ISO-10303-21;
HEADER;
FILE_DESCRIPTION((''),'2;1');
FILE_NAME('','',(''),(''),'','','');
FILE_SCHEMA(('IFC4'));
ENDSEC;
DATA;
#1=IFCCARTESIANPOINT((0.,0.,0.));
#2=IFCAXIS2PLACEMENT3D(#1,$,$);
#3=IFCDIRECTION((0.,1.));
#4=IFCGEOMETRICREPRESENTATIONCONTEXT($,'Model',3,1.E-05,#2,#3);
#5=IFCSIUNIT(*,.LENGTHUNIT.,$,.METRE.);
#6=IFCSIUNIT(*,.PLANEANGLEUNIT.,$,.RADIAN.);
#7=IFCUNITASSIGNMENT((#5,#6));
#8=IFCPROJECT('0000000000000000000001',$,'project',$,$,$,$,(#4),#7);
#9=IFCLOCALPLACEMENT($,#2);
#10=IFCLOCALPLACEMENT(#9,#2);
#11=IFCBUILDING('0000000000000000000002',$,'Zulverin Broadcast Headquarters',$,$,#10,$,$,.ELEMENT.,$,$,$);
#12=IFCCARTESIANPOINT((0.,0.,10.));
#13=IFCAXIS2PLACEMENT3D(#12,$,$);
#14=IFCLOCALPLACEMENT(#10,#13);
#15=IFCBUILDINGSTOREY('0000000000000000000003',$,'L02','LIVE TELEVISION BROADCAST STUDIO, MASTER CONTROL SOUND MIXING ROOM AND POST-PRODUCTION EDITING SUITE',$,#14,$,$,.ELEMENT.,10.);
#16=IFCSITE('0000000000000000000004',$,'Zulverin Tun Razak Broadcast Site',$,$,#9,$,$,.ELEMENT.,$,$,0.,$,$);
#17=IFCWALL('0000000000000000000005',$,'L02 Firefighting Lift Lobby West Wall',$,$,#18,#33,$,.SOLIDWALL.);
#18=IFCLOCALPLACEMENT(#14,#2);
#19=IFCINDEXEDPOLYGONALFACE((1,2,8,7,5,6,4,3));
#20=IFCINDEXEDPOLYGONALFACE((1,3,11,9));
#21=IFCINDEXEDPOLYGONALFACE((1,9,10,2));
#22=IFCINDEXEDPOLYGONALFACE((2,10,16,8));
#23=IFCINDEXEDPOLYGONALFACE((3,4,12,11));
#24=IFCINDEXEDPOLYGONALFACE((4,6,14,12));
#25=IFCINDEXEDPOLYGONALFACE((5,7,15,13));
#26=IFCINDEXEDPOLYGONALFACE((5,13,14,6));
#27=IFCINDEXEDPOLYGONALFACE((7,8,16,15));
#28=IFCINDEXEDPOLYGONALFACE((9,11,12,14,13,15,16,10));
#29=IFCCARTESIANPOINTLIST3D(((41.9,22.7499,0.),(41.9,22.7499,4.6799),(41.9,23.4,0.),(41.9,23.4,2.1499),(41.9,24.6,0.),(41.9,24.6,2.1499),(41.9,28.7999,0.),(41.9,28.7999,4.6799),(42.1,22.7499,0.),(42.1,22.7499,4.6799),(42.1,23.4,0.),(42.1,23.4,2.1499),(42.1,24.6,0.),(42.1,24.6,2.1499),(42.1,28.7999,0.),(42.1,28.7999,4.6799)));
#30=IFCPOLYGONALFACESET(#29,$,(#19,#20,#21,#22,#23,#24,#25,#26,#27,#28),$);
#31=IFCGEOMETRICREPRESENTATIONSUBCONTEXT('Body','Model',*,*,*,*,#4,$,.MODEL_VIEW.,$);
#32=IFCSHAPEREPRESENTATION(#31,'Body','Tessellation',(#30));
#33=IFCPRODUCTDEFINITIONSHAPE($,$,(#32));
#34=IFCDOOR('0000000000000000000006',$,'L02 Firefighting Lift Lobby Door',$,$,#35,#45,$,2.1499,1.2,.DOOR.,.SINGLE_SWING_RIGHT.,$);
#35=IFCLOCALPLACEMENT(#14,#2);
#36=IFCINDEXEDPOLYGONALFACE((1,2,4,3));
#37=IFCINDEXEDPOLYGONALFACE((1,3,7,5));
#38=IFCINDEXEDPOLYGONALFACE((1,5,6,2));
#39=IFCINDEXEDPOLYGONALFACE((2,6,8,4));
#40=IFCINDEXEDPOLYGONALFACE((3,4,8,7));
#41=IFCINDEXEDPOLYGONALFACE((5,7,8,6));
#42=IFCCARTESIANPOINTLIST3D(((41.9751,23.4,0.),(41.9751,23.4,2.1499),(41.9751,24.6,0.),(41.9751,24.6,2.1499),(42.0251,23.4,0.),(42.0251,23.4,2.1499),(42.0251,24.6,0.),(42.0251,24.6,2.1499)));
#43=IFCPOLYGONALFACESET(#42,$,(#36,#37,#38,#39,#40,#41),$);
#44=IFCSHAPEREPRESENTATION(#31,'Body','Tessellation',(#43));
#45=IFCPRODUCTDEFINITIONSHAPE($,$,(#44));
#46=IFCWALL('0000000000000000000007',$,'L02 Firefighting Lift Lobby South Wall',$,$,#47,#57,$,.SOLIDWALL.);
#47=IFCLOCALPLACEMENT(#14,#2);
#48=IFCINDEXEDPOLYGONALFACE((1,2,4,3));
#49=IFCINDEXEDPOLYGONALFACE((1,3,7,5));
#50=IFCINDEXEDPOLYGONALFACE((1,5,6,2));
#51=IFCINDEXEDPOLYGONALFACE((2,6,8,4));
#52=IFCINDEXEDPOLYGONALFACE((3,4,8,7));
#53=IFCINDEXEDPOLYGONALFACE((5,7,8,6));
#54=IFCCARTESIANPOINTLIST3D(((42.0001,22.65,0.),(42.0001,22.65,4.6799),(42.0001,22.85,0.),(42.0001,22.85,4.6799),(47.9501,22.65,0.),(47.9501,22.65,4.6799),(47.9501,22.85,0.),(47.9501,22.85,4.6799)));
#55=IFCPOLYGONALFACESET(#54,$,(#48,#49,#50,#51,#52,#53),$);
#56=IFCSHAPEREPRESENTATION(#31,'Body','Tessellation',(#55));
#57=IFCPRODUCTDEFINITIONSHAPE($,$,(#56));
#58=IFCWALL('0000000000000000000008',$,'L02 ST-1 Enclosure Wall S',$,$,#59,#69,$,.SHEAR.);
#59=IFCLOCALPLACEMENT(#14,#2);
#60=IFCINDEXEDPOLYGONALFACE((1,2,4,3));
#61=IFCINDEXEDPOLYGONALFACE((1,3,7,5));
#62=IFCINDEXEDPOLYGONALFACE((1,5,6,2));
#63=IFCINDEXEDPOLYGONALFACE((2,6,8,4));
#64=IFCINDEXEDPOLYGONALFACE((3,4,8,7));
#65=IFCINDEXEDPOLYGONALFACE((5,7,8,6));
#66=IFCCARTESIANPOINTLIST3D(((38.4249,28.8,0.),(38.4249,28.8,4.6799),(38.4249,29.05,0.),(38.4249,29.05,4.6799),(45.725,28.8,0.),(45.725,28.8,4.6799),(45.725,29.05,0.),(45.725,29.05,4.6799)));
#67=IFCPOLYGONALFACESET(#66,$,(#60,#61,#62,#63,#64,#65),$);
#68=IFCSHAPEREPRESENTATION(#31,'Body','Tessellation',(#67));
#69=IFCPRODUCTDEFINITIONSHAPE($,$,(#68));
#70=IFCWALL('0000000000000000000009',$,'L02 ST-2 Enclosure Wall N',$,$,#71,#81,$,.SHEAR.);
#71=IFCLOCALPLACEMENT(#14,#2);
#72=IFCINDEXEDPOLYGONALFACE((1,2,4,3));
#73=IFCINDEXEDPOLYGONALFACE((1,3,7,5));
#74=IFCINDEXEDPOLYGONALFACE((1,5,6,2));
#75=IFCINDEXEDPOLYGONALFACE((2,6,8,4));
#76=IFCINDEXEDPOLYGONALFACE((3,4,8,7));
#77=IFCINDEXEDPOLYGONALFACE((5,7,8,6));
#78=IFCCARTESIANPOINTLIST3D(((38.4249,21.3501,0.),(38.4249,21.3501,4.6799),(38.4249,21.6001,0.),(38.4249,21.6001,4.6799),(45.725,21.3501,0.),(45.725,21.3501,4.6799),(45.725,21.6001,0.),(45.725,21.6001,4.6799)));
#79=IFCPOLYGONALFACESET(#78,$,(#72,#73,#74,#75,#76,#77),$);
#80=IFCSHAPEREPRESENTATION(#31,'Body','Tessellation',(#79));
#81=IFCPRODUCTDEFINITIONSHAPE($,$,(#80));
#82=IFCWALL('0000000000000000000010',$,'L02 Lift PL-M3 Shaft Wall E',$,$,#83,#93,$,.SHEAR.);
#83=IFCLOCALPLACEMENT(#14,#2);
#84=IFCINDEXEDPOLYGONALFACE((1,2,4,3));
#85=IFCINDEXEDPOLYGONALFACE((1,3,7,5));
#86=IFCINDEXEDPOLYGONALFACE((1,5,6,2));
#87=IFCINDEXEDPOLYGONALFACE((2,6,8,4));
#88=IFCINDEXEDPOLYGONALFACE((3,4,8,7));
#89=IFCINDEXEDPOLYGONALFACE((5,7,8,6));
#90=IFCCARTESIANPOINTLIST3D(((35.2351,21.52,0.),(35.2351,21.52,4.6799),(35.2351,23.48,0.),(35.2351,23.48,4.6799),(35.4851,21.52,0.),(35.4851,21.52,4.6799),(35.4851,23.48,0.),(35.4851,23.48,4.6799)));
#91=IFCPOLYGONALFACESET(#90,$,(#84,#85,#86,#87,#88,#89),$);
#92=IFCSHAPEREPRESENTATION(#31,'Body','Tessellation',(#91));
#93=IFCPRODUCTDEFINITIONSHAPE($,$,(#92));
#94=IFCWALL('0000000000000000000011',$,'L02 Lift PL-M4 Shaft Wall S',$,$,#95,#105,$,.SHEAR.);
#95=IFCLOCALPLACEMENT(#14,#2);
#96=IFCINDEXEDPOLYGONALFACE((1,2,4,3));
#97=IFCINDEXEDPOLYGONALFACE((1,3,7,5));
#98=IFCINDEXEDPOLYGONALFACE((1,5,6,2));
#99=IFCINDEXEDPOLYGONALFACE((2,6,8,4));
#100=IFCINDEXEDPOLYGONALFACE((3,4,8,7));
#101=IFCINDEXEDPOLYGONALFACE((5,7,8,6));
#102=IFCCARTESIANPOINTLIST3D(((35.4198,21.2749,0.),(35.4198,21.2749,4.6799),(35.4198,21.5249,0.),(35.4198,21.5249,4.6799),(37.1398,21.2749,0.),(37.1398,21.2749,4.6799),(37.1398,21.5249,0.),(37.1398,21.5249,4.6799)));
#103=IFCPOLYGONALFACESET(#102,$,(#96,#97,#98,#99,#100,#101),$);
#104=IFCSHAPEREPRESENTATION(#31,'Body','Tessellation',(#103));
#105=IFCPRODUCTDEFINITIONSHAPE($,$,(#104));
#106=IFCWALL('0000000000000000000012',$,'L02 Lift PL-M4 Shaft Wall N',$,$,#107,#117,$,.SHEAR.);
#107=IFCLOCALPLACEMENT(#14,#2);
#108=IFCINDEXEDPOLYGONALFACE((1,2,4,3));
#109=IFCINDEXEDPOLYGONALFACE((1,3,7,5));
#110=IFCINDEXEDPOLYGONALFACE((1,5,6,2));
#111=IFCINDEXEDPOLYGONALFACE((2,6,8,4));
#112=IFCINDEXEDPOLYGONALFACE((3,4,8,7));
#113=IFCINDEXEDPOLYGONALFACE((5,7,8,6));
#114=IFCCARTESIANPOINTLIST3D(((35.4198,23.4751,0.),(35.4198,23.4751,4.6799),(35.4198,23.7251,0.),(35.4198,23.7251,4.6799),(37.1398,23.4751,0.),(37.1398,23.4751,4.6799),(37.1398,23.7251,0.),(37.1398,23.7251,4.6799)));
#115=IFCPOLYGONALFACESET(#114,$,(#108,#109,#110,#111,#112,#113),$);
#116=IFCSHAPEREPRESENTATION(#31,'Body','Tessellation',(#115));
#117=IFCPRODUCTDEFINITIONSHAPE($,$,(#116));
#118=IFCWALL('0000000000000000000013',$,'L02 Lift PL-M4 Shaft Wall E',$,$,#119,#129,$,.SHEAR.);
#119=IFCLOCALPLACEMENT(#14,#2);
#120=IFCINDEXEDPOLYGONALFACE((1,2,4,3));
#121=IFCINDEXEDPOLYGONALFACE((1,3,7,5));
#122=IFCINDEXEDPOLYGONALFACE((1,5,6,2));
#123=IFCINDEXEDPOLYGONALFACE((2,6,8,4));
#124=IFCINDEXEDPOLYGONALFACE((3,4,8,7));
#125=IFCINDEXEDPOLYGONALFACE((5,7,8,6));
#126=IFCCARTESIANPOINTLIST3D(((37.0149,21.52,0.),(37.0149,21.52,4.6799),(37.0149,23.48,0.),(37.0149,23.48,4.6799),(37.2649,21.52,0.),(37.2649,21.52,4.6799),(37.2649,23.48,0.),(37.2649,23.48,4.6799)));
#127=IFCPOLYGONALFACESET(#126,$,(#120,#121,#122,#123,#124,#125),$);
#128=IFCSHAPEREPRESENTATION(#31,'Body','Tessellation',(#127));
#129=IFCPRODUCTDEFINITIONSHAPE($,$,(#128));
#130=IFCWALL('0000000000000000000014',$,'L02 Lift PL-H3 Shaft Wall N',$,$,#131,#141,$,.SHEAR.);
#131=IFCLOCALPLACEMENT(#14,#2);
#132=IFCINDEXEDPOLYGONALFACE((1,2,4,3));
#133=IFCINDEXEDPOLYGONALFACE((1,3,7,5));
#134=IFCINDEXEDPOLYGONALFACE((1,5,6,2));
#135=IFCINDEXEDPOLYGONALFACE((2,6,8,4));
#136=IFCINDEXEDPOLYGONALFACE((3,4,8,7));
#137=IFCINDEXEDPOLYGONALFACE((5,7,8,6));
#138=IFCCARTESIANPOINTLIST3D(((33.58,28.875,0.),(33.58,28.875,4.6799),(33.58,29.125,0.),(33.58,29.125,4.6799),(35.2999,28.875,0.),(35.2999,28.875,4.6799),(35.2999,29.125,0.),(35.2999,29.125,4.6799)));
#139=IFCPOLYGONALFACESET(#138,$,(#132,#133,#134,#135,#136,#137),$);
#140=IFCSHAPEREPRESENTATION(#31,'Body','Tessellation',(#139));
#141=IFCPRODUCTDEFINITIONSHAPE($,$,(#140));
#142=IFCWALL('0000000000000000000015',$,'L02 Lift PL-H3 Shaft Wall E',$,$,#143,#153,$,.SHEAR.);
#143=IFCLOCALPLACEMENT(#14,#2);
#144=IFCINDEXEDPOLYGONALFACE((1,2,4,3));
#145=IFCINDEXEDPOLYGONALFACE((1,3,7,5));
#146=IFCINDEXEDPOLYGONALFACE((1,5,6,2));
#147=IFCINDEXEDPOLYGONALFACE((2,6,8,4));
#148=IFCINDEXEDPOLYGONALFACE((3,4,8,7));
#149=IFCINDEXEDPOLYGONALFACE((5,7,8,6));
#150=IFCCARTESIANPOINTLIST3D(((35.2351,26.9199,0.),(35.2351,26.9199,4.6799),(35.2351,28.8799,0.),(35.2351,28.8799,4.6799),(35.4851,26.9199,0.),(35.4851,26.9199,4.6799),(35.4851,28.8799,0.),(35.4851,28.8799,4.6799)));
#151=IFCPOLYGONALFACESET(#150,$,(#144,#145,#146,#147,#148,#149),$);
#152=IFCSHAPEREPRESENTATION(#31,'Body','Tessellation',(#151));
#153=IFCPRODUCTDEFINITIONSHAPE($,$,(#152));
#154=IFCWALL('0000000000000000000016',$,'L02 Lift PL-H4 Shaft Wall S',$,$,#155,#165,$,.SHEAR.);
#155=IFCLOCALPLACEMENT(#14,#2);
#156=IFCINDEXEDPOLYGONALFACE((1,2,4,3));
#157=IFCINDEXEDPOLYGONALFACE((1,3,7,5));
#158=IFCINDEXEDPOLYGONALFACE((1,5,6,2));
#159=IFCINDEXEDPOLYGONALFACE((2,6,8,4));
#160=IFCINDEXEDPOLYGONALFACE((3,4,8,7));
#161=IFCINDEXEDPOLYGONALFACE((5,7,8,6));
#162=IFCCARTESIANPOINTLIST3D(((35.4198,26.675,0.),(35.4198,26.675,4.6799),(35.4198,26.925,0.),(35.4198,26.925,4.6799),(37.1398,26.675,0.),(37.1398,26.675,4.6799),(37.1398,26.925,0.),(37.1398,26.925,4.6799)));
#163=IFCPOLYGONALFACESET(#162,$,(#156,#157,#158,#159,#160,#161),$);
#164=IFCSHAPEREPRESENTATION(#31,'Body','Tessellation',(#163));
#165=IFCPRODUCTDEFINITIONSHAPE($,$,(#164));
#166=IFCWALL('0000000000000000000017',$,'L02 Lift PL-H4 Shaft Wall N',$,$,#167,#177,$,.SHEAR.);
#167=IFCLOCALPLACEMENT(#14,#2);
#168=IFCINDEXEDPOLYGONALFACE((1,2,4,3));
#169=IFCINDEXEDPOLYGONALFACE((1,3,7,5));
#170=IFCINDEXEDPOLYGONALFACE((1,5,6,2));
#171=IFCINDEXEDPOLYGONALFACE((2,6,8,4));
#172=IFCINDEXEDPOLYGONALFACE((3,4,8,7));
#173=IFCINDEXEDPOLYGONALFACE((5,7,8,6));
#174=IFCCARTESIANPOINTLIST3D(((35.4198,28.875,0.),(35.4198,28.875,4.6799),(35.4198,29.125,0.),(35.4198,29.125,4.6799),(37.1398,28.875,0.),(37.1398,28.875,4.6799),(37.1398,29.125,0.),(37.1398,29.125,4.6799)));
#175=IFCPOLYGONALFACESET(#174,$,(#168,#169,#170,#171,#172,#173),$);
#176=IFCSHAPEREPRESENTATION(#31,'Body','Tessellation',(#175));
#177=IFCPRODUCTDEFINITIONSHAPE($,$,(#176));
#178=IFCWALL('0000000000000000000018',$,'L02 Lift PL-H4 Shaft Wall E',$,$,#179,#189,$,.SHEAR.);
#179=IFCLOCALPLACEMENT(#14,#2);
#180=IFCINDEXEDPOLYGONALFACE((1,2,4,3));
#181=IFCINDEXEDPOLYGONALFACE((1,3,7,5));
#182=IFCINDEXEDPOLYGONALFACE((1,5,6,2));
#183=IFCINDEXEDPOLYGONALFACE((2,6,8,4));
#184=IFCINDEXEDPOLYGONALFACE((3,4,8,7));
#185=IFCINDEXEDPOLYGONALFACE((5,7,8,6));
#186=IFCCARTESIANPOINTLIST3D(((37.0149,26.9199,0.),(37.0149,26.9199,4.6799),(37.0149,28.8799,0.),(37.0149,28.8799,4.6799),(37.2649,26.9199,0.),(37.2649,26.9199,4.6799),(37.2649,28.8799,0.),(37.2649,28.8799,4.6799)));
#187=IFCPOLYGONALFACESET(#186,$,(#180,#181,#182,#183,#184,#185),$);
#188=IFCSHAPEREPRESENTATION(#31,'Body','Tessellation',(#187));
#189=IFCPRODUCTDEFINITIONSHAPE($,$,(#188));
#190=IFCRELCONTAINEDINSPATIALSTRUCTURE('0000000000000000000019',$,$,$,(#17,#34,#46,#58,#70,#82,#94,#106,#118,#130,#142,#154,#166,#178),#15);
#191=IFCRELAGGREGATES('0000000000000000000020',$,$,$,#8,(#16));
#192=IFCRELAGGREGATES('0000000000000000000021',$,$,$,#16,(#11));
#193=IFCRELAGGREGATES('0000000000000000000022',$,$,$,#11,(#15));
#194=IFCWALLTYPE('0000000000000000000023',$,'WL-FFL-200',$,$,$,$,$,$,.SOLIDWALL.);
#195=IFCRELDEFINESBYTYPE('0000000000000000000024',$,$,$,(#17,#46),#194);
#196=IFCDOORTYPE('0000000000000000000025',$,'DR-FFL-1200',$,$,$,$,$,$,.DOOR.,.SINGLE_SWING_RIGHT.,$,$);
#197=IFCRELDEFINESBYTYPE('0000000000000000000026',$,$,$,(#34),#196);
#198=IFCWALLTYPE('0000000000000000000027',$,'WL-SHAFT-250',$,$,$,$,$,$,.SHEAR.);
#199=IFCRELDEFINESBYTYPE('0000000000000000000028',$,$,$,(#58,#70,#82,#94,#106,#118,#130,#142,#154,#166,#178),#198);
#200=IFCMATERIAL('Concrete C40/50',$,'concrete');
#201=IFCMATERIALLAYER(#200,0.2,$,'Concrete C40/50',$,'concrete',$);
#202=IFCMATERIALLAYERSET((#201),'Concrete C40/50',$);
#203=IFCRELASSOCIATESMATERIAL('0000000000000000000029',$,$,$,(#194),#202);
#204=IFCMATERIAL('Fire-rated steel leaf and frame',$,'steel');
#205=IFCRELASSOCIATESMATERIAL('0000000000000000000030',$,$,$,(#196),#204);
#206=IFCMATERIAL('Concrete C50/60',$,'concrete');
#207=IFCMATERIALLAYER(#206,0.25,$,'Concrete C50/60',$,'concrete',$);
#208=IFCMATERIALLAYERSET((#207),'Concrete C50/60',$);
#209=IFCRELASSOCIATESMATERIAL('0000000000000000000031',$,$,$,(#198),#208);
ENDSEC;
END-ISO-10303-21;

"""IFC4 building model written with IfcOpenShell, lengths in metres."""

from ifc_helpers import new_model, si_unit, direction, frame, frame_2d, origin, place, context, subcontext, project, spatial, rectangle, extrude, material, layer, layer_set, type_object, element, fill, save


model = new_model("IFC4")

# Units and contexts
model_context = context("Model", 3, precision=1e-05, world=origin(), true_north=direction((0.0, 1.0)))
body_context = subcontext(model_context, "Body", "Model", "MODEL_VIEW")
ifc_project = project(units=[si_unit("LENGTHUNIT", "METRE"), si_unit("PLANEANGLEUNIT", "RADIAN")], contexts=[model_context])

# Site, building, storey
site_placement = place(None, origin())
site = spatial("IfcSite", under=ifc_project, at=site_placement, Name="Zulverin Tun Razak Broadcast Site", CompositionType="ELEMENT", RefElevation=0.0)
building_placement = place(site_placement, origin())
building = spatial("IfcBuilding", under=site, at=building_placement, Name="Zulverin Broadcast Headquarters", CompositionType="ELEMENT")
storey_placement = place(building_placement, frame((0.0, 0.0, 10.0)))
storey = spatial("IfcBuildingStorey", under=building, at=storey_placement, Name="L02", Description="LIVE TELEVISION BROADCAST STUDIO, MASTER CONTROL SOUND MIXING ROOM AND POST-PRODUCTION EDITING SUITE", CompositionType="ELEMENT", Elevation=10.0)

# Wall, opening, door
ifc_material_1 = material(Name="Concrete C40/50", Category="concrete")
ifc_layer_1 = layer(ifc_material_1, 0.2, Name="Concrete C40/50", Category="concrete")
ifc_layer_set_1 = layer_set([ifc_layer_1], Name="Concrete C40/50")
wall_type_1 = type_object("IfcWallType", Name="WL-FFL-200", PredefinedType="SOLIDWALL", material=ifc_layer_set_1)
wall_1_placement = place(storey_placement, frame((42.0, 22.75, 0.0), z_axis=(0.0, 0.0, 1.0), x_axis=(0.0, 1.0, 0.0)))
wall_1 = element("IfcWall", 1, at=wall_1_placement, inside=storey, type_object=wall_type_1, Name="L02 Firefighting Lift Lobby West Wall", PredefinedType="SOLIDWALL", context=body_context, shape_type="SweptSolid", body=[
    extrude(rectangle(XDim=6.05, YDim=0.2, at=frame_2d((3.0249, 0.0))), origin(), (0.0, 0.0, 1.0), 4.6799),
])
opening_1_placement = place(wall_1_placement, frame((0.6499, 0.0, 0.0)))
opening_1 = element("IfcOpeningElement", 2, at=opening_1_placement, cuts=wall_1, PredefinedType="OPENING", context=body_context, shape_type="SweptSolid", body=[
    extrude(rectangle(XDim=1.2, YDim=2.1499, at=frame_2d((0.6001, 1.075))), frame((0.0, 0.1099, 0.0), z_axis=(0.0, -1.0, 0.0), x_axis=(1.0, 0.0, 0.0)), (0.0, 0.0, 1.0), 0.22),
])
ifc_material_2 = material(Name="Fire-rated steel leaf and frame", Category="steel")
door_type_1 = type_object("IfcDoorType", Name="DR-FFL-1200", OperationType="SINGLE_SWING_RIGHT", PredefinedType="DOOR", material=ifc_material_2)
door_1_placement = place(opening_1_placement, origin())
door_1 = element("IfcDoor", 3, at=door_1_placement, inside=storey, type_object=door_type_1, Name="L02 Firefighting Lift Lobby Door", OperationType="SINGLE_SWING_RIGHT", OverallHeight=2.1499, OverallWidth=1.2, PredefinedType="DOOR", context=body_context, shape_type="SweptSolid", body=[
    extrude(rectangle(XDim=1.2, YDim=2.1499, at=frame_2d((0.6001, 1.075))), frame((0.0, 0.0249, 0.0), z_axis=(0.0, -1.0, 0.0), x_axis=(1.0, 0.0, 0.0)), (0.0, 0.0, 1.0), 0.05),
])
fill(opening_1, door_1)

# Wall
wall_2_placement = place(storey_placement, frame((42.0, 22.75, 0.0), z_axis=(0.0, 0.0, 1.0), x_axis=(1.0, 0.0, 0.0)))
element("IfcWall", 4, at=wall_2_placement, inside=storey, type_object=wall_type_1, Name="L02 Firefighting Lift Lobby South Wall", PredefinedType="SOLIDWALL", context=body_context, shape_type="SweptSolid", body=[
    extrude(rectangle(XDim=5.95, YDim=0.2, at=frame_2d((2.9751, 0.0))), origin(), (0.0, 0.0, 1.0), 4.6799),
])

# Wall
ifc_material_3 = material(Name="Concrete C50/60", Category="concrete")
ifc_layer_2 = layer(ifc_material_3, 0.25, Name="Concrete C50/60", Category="concrete")
ifc_layer_set_2 = layer_set([ifc_layer_2], Name="Concrete C50/60")
wall_type_2 = type_object("IfcWallType", Name="WL-SHAFT-250", PredefinedType="SHEAR", material=ifc_layer_set_2)
wall_3_placement = place(storey_placement, frame((38.425, 28.925, 0.0), z_axis=(0.0, 0.0, 1.0), x_axis=(1.0, 0.0, 0.0)))
element("IfcWall", 5, at=wall_3_placement, inside=storey, type_object=wall_type_2, Name="L02 ST-1 Enclosure Wall S", PredefinedType="SHEAR", context=body_context, shape_type="SweptSolid", body=[
    extrude(rectangle(XDim=7.3, YDim=0.25, at=frame_2d((3.6499, 0.0))), origin(), (0.0, 0.0, 1.0), 4.6799),
])

# Walls
wall_4_placement = place(storey_placement, frame((38.425, 21.4751, 0.0), z_axis=(0.0, 0.0, 1.0), x_axis=(1.0, 0.0, 0.0)))
element("IfcWall", 6, at=wall_4_placement, inside=storey, type_object=wall_type_2, Name="L02 ST-2 Enclosure Wall N", PredefinedType="SHEAR", context=body_context, shape_type="SweptSolid", body=[
    extrude(rectangle(XDim=7.3, YDim=0.25, at=frame_2d((3.6499, 0.0))), origin(), (0.0, 0.0, 1.0), 4.6799),
])
wall_5_placement = place(storey_placement, frame((35.3601, 21.52, 0.0), z_axis=(0.0, 0.0, 1.0), x_axis=(0.0, 1.0, 0.0)))
element("IfcWall", 7, at=wall_5_placement, inside=storey, type_object=wall_type_2, Name="L02 Lift PL-M3 Shaft Wall E", PredefinedType="SHEAR", context=body_context, shape_type="SweptSolid", body=[
    extrude(rectangle(XDim=1.96, YDim=0.25, at=frame_2d((0.98, 0.0))), origin(), (0.0, 0.0, 1.0), 4.6799),
])
for number, where, z_axis, x_axis, name in (
    (8, (35.4199, 21.3999, 0.0), (0.0, 0.0, 1.0), (1.0, 0.0, 0.0), "L02 Lift PL-M4 Shaft Wall S"),
    (9, (35.4199, 23.6001, 0.0), (0.0, 0.0, 1.0), (1.0, 0.0, 0.0), "L02 Lift PL-M4 Shaft Wall N"),
):
    element("IfcWall", number, at=place(storey_placement, frame(where, z_axis=z_axis, x_axis=x_axis)), inside=storey, type_object=wall_type_2, Name=name, PredefinedType="SHEAR", context=body_context, shape_type="SweptSolid", body=[
        extrude(rectangle(XDim=1.72, YDim=0.25, at=frame_2d((0.8599, 0.0))), origin(), (0.0, 0.0, 1.0), 4.6799),
    ])
wall_6_placement = place(storey_placement, frame((37.1399, 21.52, 0.0), z_axis=(0.0, 0.0, 1.0), x_axis=(0.0, 1.0, 0.0)))
element("IfcWall", 10, at=wall_6_placement, inside=storey, type_object=wall_type_2, Name="L02 Lift PL-M4 Shaft Wall E", PredefinedType="SHEAR", context=body_context, shape_type="SweptSolid", body=[
    extrude(rectangle(XDim=1.96, YDim=0.25, at=frame_2d((0.98, 0.0))), origin(), (0.0, 0.0, 1.0), 4.6799),
])
wall_7_placement = place(storey_placement, frame((33.5801, 29.0, 0.0), z_axis=(0.0, 0.0, 1.0), x_axis=(1.0, 0.0, 0.0)))
element("IfcWall", 11, at=wall_7_placement, inside=storey, type_object=wall_type_2, Name="L02 Lift PL-H3 Shaft Wall N", PredefinedType="SHEAR", context=body_context, shape_type="SweptSolid", body=[
    extrude(rectangle(XDim=1.72, YDim=0.25, at=frame_2d((0.8599, 0.0))), origin(), (0.0, 0.0, 1.0), 4.6799),
])
wall_8_placement = place(storey_placement, frame((35.3601, 26.9199, 0.0), z_axis=(0.0, 0.0, 1.0), x_axis=(0.0, 1.0, 0.0)))
element("IfcWall", 12, at=wall_8_placement, inside=storey, type_object=wall_type_2, Name="L02 Lift PL-H3 Shaft Wall E", PredefinedType="SHEAR", context=body_context, shape_type="SweptSolid", body=[
    extrude(rectangle(XDim=1.96, YDim=0.25, at=frame_2d((0.98, 0.0))), origin(), (0.0, 0.0, 1.0), 4.6799),
])
for number, where, z_axis, x_axis, name in (
    (13, (35.4199, 26.8, 0.0), (0.0, 0.0, 1.0), (1.0, 0.0, 0.0), "L02 Lift PL-H4 Shaft Wall S"),
    (14, (35.4199, 29.0, 0.0), (0.0, 0.0, 1.0), (1.0, 0.0, 0.0), "L02 Lift PL-H4 Shaft Wall N"),
):
    element("IfcWall", number, at=place(storey_placement, frame(where, z_axis=z_axis, x_axis=x_axis)), inside=storey, type_object=wall_type_2, Name=name, PredefinedType="SHEAR", context=body_context, shape_type="SweptSolid", body=[
        extrude(rectangle(XDim=1.72, YDim=0.25, at=frame_2d((0.8599, 0.0))), origin(), (0.0, 0.0, 1.0), 4.6799),
    ])
wall_9_placement = place(storey_placement, frame((37.1399, 26.9199, 0.0), z_axis=(0.0, 0.0, 1.0), x_axis=(0.0, 1.0, 0.0)))
element("IfcWall", 15, at=wall_9_placement, inside=storey, type_object=wall_type_2, Name="L02 Lift PL-H4 Shaft Wall E", PredefinedType="SHEAR", context=body_context, shape_type="SweptSolid", body=[
    extrude(rectangle(XDim=1.96, YDim=0.25, at=frame_2d((0.98, 0.0))), origin(), (0.0, 0.0, 1.0), 4.6799),
])

save(model, "model.ifc")
